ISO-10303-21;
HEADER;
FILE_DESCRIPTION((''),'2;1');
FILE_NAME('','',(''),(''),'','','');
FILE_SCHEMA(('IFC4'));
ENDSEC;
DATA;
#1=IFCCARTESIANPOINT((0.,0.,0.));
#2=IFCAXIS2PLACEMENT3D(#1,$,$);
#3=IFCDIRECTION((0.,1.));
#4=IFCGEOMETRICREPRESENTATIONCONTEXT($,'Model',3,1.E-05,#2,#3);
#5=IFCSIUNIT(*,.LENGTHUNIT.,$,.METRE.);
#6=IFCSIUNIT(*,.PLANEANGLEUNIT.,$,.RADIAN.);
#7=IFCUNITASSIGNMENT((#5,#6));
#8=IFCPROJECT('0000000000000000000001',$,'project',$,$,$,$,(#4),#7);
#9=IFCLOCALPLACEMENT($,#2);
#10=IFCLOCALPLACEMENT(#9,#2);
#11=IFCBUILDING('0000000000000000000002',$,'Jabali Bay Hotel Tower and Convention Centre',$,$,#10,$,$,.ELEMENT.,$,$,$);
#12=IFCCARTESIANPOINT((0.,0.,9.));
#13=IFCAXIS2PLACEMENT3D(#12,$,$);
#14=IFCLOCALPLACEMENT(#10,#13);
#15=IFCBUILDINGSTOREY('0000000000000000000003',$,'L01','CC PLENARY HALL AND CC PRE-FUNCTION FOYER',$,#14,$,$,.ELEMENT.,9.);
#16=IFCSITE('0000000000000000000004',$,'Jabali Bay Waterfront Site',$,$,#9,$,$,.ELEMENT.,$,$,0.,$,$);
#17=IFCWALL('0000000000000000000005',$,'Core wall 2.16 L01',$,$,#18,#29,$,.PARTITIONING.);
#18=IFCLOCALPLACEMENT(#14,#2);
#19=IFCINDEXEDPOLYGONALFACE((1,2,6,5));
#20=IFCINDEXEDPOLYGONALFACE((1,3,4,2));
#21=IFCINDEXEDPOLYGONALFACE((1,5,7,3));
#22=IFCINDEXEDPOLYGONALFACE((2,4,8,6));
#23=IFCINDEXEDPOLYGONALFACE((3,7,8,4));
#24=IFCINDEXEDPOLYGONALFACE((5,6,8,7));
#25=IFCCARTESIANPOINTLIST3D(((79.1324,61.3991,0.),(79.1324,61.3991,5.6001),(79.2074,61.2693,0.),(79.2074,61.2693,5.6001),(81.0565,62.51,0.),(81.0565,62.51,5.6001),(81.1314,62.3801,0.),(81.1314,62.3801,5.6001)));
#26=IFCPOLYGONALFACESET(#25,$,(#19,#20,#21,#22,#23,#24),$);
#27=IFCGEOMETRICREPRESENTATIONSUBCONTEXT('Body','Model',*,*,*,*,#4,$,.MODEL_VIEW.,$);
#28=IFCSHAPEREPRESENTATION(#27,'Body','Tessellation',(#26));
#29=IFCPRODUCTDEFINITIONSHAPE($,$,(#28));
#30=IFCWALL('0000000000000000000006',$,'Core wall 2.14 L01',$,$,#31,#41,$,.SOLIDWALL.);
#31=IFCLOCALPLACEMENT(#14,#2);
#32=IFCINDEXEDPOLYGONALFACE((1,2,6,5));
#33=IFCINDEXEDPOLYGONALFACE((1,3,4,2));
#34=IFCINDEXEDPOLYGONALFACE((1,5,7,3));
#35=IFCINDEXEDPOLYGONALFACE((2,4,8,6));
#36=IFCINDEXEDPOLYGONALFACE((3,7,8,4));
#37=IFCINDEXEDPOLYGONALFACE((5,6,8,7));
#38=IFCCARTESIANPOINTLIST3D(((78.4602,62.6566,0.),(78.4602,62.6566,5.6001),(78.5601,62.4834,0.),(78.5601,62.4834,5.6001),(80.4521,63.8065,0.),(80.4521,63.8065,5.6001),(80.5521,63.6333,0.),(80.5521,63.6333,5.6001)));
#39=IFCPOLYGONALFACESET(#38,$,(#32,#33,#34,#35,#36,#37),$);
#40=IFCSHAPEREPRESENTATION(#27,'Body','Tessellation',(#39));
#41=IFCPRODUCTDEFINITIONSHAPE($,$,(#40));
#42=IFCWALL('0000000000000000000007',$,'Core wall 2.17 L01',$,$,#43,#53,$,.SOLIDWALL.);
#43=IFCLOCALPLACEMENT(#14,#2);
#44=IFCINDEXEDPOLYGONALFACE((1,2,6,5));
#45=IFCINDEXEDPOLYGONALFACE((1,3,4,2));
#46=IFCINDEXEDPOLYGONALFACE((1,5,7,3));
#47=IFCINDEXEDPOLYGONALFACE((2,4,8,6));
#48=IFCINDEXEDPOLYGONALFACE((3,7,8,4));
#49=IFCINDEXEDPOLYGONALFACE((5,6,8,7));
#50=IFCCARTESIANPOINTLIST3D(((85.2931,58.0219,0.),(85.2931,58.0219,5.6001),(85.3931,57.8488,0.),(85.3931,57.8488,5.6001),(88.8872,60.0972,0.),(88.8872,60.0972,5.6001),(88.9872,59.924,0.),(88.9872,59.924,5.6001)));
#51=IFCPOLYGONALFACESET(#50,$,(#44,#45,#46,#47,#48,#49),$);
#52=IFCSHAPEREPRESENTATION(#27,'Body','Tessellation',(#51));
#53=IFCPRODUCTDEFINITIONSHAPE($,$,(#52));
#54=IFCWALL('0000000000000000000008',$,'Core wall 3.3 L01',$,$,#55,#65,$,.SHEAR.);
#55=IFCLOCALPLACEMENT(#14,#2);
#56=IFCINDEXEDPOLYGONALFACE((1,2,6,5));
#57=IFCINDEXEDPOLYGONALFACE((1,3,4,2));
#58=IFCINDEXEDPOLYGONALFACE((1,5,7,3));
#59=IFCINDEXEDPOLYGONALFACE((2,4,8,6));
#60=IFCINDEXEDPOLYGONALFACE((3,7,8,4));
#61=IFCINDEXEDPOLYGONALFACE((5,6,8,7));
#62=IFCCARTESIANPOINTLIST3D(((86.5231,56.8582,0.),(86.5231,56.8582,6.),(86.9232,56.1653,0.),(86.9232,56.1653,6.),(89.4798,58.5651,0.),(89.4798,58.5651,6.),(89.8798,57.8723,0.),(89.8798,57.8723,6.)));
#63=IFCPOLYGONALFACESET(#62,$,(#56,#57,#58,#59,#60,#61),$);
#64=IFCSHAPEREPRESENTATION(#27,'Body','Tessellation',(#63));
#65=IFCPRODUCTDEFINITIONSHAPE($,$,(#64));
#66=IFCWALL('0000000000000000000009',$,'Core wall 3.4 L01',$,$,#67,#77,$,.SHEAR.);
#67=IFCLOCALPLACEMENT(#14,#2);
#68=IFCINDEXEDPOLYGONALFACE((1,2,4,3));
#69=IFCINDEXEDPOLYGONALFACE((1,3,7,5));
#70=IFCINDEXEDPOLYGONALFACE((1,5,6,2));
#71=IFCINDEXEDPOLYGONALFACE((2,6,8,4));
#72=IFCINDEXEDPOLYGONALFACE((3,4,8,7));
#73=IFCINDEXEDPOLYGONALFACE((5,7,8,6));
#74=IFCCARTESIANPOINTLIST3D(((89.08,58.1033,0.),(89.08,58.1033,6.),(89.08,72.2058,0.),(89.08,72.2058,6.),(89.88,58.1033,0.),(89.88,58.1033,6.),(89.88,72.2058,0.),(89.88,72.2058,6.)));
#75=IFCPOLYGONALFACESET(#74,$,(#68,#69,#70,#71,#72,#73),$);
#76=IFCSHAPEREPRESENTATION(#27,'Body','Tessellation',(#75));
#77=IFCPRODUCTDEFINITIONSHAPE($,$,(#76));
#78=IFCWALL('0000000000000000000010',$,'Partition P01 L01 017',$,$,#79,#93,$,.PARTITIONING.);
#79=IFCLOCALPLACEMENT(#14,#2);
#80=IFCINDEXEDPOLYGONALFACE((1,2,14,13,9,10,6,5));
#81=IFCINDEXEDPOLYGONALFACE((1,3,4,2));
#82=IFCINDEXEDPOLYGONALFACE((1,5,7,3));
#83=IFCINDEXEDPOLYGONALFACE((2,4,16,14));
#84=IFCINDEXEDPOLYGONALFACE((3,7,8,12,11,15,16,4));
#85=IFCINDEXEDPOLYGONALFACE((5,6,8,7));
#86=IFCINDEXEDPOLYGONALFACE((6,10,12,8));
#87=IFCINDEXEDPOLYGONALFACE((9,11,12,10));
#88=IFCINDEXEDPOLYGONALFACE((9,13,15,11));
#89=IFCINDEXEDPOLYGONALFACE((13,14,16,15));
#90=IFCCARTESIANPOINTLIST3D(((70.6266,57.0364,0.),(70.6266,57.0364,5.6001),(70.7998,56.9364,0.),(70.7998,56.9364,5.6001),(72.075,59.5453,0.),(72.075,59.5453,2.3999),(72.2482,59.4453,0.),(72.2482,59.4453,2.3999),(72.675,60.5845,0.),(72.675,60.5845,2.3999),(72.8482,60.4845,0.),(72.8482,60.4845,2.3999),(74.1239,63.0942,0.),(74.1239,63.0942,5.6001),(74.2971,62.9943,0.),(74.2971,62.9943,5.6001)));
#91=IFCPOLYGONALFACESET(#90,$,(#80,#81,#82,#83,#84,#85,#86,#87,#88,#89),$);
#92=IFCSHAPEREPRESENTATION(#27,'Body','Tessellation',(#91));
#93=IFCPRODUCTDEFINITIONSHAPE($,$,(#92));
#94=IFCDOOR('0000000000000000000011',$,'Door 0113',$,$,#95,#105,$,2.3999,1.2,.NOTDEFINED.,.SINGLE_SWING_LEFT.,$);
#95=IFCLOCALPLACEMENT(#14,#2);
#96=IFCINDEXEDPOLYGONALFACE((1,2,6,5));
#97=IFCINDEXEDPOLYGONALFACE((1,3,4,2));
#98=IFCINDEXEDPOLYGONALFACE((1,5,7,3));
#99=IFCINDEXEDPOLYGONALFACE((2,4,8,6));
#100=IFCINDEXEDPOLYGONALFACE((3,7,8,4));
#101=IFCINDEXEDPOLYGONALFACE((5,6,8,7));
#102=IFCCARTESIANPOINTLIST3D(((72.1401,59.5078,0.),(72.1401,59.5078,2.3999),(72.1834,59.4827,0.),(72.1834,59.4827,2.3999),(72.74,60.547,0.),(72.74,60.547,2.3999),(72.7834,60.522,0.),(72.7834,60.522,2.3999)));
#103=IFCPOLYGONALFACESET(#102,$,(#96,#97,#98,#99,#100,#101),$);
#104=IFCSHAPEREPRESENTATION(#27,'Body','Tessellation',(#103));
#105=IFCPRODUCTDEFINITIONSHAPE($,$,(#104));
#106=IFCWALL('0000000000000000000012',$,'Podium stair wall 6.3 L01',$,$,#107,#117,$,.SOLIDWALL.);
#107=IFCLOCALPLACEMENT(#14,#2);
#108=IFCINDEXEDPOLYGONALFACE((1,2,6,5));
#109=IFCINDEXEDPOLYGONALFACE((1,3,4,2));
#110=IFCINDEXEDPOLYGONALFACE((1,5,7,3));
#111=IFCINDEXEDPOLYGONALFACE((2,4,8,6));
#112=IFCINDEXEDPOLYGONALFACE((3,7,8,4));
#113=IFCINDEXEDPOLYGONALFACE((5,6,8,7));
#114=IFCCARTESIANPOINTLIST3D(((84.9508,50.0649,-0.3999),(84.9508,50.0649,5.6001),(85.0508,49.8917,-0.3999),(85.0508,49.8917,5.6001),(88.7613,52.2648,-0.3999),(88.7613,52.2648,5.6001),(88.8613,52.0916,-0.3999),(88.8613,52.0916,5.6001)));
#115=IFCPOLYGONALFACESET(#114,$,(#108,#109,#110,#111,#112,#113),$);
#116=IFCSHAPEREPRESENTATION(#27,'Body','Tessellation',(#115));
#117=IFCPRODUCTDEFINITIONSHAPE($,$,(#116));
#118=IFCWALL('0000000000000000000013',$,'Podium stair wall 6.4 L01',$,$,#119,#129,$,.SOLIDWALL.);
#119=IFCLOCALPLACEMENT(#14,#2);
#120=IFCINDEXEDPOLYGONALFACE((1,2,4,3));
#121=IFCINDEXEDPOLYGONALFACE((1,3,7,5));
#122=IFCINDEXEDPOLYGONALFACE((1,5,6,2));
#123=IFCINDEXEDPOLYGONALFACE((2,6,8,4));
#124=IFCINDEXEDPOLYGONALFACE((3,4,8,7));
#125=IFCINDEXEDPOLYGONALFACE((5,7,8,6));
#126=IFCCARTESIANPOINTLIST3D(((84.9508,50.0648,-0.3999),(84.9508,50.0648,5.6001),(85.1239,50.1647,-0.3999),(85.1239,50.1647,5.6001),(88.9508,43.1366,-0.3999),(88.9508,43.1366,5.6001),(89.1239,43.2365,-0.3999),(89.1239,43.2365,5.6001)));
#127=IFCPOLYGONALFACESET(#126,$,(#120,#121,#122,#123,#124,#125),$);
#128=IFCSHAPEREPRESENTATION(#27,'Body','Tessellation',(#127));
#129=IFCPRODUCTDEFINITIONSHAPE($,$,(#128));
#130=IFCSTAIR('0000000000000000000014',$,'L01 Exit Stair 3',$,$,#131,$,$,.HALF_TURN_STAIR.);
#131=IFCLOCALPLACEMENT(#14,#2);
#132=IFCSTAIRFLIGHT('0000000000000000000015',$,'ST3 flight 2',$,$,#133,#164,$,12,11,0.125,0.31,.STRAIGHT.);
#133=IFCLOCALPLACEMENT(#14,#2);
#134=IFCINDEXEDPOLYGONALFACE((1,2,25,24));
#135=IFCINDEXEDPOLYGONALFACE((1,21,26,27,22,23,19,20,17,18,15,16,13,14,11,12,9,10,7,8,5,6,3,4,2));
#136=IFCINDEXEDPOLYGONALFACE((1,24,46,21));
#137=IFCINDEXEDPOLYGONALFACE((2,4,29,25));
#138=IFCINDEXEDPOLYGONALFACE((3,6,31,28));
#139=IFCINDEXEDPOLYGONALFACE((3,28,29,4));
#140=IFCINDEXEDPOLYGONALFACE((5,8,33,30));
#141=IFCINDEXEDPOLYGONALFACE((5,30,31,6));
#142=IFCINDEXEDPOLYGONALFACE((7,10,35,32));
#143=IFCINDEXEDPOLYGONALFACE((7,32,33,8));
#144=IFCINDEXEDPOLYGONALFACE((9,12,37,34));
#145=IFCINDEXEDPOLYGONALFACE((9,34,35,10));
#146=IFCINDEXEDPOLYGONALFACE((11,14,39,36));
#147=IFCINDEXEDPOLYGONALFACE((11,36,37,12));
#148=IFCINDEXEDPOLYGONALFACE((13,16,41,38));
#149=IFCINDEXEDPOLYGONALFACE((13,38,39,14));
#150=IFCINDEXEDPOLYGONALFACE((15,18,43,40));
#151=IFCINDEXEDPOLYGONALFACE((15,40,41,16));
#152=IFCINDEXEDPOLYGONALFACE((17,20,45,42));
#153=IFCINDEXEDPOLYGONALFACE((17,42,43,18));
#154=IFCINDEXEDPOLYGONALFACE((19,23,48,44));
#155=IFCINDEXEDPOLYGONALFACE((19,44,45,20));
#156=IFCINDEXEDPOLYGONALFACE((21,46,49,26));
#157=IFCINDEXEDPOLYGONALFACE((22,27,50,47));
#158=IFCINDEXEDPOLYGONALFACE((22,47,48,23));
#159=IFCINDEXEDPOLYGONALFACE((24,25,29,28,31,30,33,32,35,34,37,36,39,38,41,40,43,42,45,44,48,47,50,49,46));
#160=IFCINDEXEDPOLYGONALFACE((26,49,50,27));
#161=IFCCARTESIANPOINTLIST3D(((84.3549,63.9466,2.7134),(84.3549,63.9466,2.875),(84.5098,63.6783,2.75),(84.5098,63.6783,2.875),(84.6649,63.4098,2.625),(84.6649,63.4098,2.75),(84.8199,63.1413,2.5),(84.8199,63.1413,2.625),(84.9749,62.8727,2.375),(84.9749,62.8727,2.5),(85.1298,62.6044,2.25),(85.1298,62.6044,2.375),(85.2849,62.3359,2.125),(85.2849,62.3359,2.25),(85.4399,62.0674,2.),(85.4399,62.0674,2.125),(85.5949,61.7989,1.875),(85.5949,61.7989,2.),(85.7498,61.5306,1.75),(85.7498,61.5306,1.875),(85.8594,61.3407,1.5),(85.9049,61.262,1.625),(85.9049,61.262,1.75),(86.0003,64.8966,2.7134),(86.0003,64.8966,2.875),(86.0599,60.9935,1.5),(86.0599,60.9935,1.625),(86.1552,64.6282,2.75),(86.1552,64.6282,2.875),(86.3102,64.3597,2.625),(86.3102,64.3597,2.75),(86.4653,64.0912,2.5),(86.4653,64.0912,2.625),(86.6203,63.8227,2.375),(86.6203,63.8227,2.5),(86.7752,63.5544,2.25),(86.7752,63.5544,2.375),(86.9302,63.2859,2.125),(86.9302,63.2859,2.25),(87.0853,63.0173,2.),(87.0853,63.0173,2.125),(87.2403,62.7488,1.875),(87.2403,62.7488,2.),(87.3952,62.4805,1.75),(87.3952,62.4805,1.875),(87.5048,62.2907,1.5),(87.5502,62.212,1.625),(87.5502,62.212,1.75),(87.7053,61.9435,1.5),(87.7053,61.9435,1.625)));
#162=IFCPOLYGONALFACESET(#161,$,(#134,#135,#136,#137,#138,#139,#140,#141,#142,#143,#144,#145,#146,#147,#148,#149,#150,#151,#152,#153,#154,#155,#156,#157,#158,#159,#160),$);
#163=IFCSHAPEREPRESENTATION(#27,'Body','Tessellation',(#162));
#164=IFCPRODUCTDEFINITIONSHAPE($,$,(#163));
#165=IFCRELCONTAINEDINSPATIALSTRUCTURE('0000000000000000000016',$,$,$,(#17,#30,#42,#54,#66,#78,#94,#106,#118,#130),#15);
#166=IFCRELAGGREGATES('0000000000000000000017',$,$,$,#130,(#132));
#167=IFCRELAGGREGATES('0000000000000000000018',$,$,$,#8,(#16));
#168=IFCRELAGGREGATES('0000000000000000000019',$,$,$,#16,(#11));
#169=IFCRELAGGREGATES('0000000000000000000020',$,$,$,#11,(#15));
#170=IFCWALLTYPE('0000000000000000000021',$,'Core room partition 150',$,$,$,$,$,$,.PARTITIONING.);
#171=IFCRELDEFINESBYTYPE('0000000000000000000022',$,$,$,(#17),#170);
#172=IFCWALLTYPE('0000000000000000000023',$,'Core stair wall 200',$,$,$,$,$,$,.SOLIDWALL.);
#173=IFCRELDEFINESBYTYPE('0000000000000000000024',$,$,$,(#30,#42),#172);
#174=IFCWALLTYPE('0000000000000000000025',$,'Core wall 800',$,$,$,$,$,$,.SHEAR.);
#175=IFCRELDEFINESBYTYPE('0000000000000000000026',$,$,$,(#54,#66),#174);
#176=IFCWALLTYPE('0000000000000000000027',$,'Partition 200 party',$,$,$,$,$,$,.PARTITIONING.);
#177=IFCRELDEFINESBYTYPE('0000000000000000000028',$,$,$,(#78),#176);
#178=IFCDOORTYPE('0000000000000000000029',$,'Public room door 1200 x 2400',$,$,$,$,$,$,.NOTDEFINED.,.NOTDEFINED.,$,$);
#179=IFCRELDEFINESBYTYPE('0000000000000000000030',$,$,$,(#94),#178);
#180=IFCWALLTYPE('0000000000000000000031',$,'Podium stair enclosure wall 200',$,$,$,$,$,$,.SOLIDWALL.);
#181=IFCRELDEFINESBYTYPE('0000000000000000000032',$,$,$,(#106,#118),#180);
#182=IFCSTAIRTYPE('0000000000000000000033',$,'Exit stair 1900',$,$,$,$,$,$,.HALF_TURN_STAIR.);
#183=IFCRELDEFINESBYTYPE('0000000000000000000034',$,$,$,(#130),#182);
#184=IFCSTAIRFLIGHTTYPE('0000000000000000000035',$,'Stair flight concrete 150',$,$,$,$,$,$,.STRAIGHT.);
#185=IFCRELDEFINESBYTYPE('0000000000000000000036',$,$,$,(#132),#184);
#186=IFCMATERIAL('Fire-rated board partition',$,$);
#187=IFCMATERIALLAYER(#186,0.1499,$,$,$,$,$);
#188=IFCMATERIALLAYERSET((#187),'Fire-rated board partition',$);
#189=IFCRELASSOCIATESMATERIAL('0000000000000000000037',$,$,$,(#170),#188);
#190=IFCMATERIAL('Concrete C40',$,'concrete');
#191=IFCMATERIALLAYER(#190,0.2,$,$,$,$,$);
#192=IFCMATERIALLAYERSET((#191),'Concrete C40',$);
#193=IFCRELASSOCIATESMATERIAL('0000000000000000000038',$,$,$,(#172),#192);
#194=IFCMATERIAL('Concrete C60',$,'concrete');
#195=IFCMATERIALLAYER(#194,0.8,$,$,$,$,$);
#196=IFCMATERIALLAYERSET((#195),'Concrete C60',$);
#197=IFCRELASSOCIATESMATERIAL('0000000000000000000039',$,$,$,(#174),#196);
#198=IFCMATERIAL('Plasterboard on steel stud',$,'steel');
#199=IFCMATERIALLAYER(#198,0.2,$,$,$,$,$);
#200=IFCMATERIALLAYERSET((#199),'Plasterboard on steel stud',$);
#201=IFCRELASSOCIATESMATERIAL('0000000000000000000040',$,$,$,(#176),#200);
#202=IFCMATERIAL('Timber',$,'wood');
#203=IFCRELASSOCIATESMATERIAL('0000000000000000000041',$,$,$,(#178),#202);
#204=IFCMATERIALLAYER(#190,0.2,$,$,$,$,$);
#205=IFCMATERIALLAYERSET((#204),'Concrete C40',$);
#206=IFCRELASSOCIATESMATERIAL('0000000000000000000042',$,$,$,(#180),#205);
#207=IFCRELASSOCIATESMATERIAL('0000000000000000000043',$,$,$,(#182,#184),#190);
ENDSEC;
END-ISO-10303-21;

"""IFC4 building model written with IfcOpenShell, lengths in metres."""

from ifc_helpers import new_model, si_unit, direction, frame, frame_2d, origin, place, context, subcontext, project, spatial, polyline, rectangle, outline, extrude, material, layer, layer_set, type_object, element, fill, aggregate, save


model = new_model("IFC4")

# Units and contexts
model_context = context("Model", 3, precision=1e-05, world=origin(), true_north=direction((0.0, 1.0)))
body_context = subcontext(model_context, "Body", "Model", "MODEL_VIEW")
ifc_project = project(units=[si_unit("LENGTHUNIT", "METRE"), si_unit("PLANEANGLEUNIT", "RADIAN")], contexts=[model_context])

# Site, building, storey
site_placement = place(None, origin())
site = spatial("IfcSite", under=ifc_project, at=site_placement, Name="Jabali Bay Waterfront Site", CompositionType="ELEMENT", RefElevation=0.0)
building_placement = place(site_placement, origin())
building = spatial("IfcBuilding", under=site, at=building_placement, Name="Jabali Bay Hotel Tower and Convention Centre", CompositionType="ELEMENT")
storey_placement = place(building_placement, frame((0.0, 0.0, 9.0)))
storey = spatial("IfcBuildingStorey", under=building, at=storey_placement, Name="L01", Description="CC PLENARY HALL AND CC PRE-FUNCTION FOYER", CompositionType="ELEMENT", Elevation=9.0)

# Shared definitions
ifc_material_1 = material(Name="Concrete C60", Category="concrete")

# Shared definitions
ifc_material_2 = material(Name="Concrete C40", Category="concrete")

# Shared definitions
ifc_material_3 = material(Name="Fire-rated board partition")
ifc_layer_1 = layer(ifc_material_3, 0.1499)
ifc_layer_set_1 = layer_set([ifc_layer_1], Name="Fire-rated board partition")
wall_type_1 = type_object("IfcWallType", Name="Core room partition 150", PredefinedType="PARTITIONING", material=ifc_layer_set_1)

# Walls
wall_1_placement = place(storey_placement, frame((79.1699, 61.3342, 0.0), z_axis=(0.0, 0.0, 1.0), x_axis=(0.86603, 0.499992, 0.0)))
element("IfcWall", 1, at=wall_1_placement, inside=storey, type_object=wall_type_1, Name="Core wall 2.16 L01", PredefinedType="PARTITIONING", context=body_context, shape_type="SweptSolid", body=[
    extrude(rectangle(XDim=2.2217, YDim=0.1499, at=frame_2d((1.1108, 0.0))), origin(), (0.0, 0.0, 1.0), 5.6001),
])
ifc_layer_2 = layer(ifc_material_2, 0.2)
ifc_layer_set_2 = layer_set([ifc_layer_2], Name="Concrete C40")
wall_type_2 = type_object("IfcWallType", Name="Core stair wall 200", PredefinedType="SOLIDWALL", material=ifc_layer_set_2)
wall_2_placement = place(storey_placement, frame((78.5103, 62.5701, 0.0), z_axis=(0.0, 0.0, 1.0), x_axis=(0.866053, 0.499952, 0.0)))
element("IfcWall", 2, at=wall_2_placement, inside=storey, type_object=wall_type_2, Name="Core wall 2.14 L01", PredefinedType="SOLIDWALL", context=body_context, shape_type="SweptSolid", body=[
    extrude(rectangle(XDim=2.3, YDim=0.2, at=frame_2d((1.1499, 0.0))), origin(), (0.0, 0.0, 1.0), 5.6001),
])
wall_3_placement = place(storey_placement, frame((85.343, 57.9353, 0.0), z_axis=(0.0, 0.0, 1.0), x_axis=(0.866004, 0.500036, 0.0)))
element("IfcWall", 3, at=wall_3_placement, inside=storey, type_object=wall_type_2, Name="Core wall 2.17 L01", PredefinedType="SOLIDWALL", context=body_context, shape_type="SweptSolid", body=[
    extrude(rectangle(XDim=4.1501, YDim=0.2, at=frame_2d((2.0752, 0.0))), origin(), (0.0, 0.0, 1.0), 5.6001),
])
ifc_layer_3 = layer(ifc_material_1, 0.8)
ifc_layer_set_3 = layer_set([ifc_layer_3], Name="Concrete C60")
wall_type_3 = type_object("IfcWallType", Name="Core wall 800", PredefinedType="SHEAR", material=ifc_layer_set_3)
wall_4_placement = place(storey_placement, frame((86.7231, 56.5117, 0.0), z_axis=(0.0, 0.0, 1.0), x_axis=(0.866034, 0.499984, 0.0)))
element("IfcWall", 4, at=wall_4_placement, inside=storey, type_object=wall_type_3, Name="Core wall 3.3 L01", PredefinedType="SHEAR", context=body_context, shape_type="SweptSolid", body=[
    extrude(rectangle(XDim=3.4141, YDim=0.8, at=frame_2d((1.707, 0.0))), origin(), (0.0, 0.0, 1.0), 6.0),
])
wall_5_placement = place(storey_placement, frame((89.48, 58.1033, 0.0), z_axis=(0.0, 0.0, 1.0), x_axis=(0.0, 1.0, 0.0)))
element("IfcWall", 5, at=wall_5_placement, inside=storey, type_object=wall_type_3, Name="Core wall 3.4 L01", PredefinedType="SHEAR", context=body_context, shape_type="SweptSolid", body=[
    extrude(rectangle(XDim=14.1025, YDim=0.8, at=frame_2d((7.0513, 0.0))), origin(), (0.0, 0.0, 1.0), 6.0),
])

# Wall, opening, door
ifc_material_4 = material(Name="Plasterboard on steel stud", Category="steel")
ifc_layer_4 = layer(ifc_material_4, 0.2)
ifc_layer_set_4 = layer_set([ifc_layer_4], Name="Plasterboard on steel stud")
wall_type_4 = type_object("IfcWallType", Name="Partition 200 party", PredefinedType="PARTITIONING", material=ifc_layer_set_4)
wall_6_placement = place(storey_placement, frame((70.7131, 56.9863, 0.0), z_axis=(0.0, 0.0, 1.0), x_axis=(0.499979, 0.866037, 0.0)))
wall_6 = element("IfcWall", 6, at=wall_6_placement, inside=storey, type_object=wall_type_4, Name="Partition P01 L01 017", PredefinedType="PARTITIONING", context=body_context, shape_type="SweptSolid", body=[
    extrude(rectangle(XDim=6.9949, YDim=0.2, at=frame_2d((3.4976, 0.0))), origin(), (0.0, 0.0, 1.0), 5.6001),
])
opening_1_placement = place(wall_6_placement, frame((2.897, 0.0, 0.0)))
opening_1 = element("IfcOpeningElement", 7, at=opening_1_placement, cuts=wall_6, PredefinedType="OPENING", context=body_context, shape_type="SweptSolid", body=[
    extrude(rectangle(XDim=1.2, YDim=2.3999, at=frame_2d((0.6001, 1.2))), frame((0.0, 0.1104, 0.0), z_axis=(0.0, -1.0, 0.0), x_axis=(1.0, 0.0, 0.0)), (0.0, 0.0, 1.0), 0.2209),
])
ifc_material_5 = material(Name="Timber", Category="wood")
door_type_1 = type_object("IfcDoorType", Name="Public room door 1200 x 2400", OperationType="NOTDEFINED", PredefinedType="NOTDEFINED", material=ifc_material_5)
door_1_placement = place(opening_1_placement, origin())
door_1 = element("IfcDoor", 8, at=door_1_placement, inside=storey, type_object=door_type_1, Name="Door 0113", OperationType="SINGLE_SWING_LEFT", OverallHeight=2.3999, OverallWidth=1.2, PredefinedType="NOTDEFINED", context=body_context, shape_type="SweptSolid", body=[
    extrude(rectangle(XDim=1.2, YDim=2.3999, at=frame_2d((0.6001, 1.2))), frame((0.0, 0.0249, 0.0), z_axis=(0.0, -1.0, 0.0), x_axis=(1.0, 0.0, 0.0)), (0.0, 0.0, 1.0), 0.05),
])
fill(opening_1, door_1)

# Walls
ifc_layer_5 = layer(ifc_material_2, 0.2)
ifc_layer_set_5 = layer_set([ifc_layer_5], Name="Concrete C40")
wall_type_5 = type_object("IfcWallType", Name="Podium stair enclosure wall 200", PredefinedType="SOLIDWALL", material=ifc_layer_set_5)
wall_7_placement = place(storey_placement, frame((88.8113, 52.1782, -0.3999), z_axis=(0.0, 0.0, 1.0), x_axis=(-0.866032, -0.499988, 0.0)))
element("IfcWall", 9, at=wall_7_placement, inside=storey, type_object=wall_type_5, Name="Podium stair wall 6.3 L01", PredefinedType="SOLIDWALL", context=body_context, shape_type="SweptSolid", body=[
    extrude(rectangle(XDim=4.3999, YDim=0.2, at=frame_2d((2.2, 0.0))), origin(), (0.0, 0.0, 1.0), 6.0),
])
wall_8_placement = place(storey_placement, frame((85.0374, 50.1147, -0.3999), z_axis=(0.0, 0.0, 1.0), x_axis=(0.499999, -0.866026, 0.0)))
element("IfcWall", 10, at=wall_8_placement, inside=storey, type_object=wall_type_5, Name="Podium stair wall 6.4 L01", PredefinedType="SOLIDWALL", context=body_context, shape_type="SweptSolid", body=[
    extrude(rectangle(XDim=8.0, YDim=0.2, at=frame_2d((4.0, 0.0))), origin(), (0.0, 0.0, 1.0), 6.0),
])

# Stair, stair flight
stair_type = type_object("IfcStairType", Name="Exit stair 1900", PredefinedType="HALF_TURN_STAIR", material=ifc_material_2)
stair_placement = place(storey_placement, origin())
stair = element("IfcStair", 11, at=stair_placement, inside=storey, type_object=stair_type, Name="L01 Exit Stair 3", PredefinedType="HALF_TURN_STAIR")
stair_flight_type = type_object("IfcStairFlightType", Name="Stair flight concrete 150", PredefinedType="STRAIGHT", material=ifc_material_2)
stair_flight_1_placement = place(storey_placement, frame((86.8826, 61.4685, 1.5), z_axis=(0.0, 0.0, 1.0), x_axis=(-0.5, 0.866025, 0.0)))
stair_flight_1 = element("IfcStairFlight", 12, at=stair_flight_1_placement, type_object=stair_flight_type, Name="ST3 flight 2", NumberOfRisers=12, NumberOfTreads=11, PredefinedType="STRAIGHT", RiserHeight=0.125, TreadLength=0.31, context=body_context, shape_type="SweptSolid", body=[
    extrude(outline(polyline([(0.0, 0.0), (0.0, 0.125), (0.3101, 0.125), (0.3101, 0.25), (0.6201, 0.25), (0.6201, 0.375), (0.9299, 0.375), (0.9299, 0.5), (1.24, 0.5), (1.24, 0.625), (1.55, 0.625), (1.55, 0.75), (1.8601, 0.75), (1.8601, 0.875), (2.1699, 0.875), (2.1699, 1.0), (2.48, 1.0), (2.48, 1.125), (2.79, 1.125), (2.79, 1.25), (3.1001, 1.25), (3.1001, 1.375), (3.4099, 1.375), (3.4099, 1.5), (3.4099, 1.2134), (0.4009, 0.0), (0.0, 0.0)])), frame((0.0, 0.95, 0.0), z_axis=(0.0, -1.0, 0.0), x_axis=(1.0, 0.0, 0.0)), (0.0, 0.0, 1.0), 1.8999),
])
aggregate(stair, [stair_flight_1])

save(model, "model.ifc")
